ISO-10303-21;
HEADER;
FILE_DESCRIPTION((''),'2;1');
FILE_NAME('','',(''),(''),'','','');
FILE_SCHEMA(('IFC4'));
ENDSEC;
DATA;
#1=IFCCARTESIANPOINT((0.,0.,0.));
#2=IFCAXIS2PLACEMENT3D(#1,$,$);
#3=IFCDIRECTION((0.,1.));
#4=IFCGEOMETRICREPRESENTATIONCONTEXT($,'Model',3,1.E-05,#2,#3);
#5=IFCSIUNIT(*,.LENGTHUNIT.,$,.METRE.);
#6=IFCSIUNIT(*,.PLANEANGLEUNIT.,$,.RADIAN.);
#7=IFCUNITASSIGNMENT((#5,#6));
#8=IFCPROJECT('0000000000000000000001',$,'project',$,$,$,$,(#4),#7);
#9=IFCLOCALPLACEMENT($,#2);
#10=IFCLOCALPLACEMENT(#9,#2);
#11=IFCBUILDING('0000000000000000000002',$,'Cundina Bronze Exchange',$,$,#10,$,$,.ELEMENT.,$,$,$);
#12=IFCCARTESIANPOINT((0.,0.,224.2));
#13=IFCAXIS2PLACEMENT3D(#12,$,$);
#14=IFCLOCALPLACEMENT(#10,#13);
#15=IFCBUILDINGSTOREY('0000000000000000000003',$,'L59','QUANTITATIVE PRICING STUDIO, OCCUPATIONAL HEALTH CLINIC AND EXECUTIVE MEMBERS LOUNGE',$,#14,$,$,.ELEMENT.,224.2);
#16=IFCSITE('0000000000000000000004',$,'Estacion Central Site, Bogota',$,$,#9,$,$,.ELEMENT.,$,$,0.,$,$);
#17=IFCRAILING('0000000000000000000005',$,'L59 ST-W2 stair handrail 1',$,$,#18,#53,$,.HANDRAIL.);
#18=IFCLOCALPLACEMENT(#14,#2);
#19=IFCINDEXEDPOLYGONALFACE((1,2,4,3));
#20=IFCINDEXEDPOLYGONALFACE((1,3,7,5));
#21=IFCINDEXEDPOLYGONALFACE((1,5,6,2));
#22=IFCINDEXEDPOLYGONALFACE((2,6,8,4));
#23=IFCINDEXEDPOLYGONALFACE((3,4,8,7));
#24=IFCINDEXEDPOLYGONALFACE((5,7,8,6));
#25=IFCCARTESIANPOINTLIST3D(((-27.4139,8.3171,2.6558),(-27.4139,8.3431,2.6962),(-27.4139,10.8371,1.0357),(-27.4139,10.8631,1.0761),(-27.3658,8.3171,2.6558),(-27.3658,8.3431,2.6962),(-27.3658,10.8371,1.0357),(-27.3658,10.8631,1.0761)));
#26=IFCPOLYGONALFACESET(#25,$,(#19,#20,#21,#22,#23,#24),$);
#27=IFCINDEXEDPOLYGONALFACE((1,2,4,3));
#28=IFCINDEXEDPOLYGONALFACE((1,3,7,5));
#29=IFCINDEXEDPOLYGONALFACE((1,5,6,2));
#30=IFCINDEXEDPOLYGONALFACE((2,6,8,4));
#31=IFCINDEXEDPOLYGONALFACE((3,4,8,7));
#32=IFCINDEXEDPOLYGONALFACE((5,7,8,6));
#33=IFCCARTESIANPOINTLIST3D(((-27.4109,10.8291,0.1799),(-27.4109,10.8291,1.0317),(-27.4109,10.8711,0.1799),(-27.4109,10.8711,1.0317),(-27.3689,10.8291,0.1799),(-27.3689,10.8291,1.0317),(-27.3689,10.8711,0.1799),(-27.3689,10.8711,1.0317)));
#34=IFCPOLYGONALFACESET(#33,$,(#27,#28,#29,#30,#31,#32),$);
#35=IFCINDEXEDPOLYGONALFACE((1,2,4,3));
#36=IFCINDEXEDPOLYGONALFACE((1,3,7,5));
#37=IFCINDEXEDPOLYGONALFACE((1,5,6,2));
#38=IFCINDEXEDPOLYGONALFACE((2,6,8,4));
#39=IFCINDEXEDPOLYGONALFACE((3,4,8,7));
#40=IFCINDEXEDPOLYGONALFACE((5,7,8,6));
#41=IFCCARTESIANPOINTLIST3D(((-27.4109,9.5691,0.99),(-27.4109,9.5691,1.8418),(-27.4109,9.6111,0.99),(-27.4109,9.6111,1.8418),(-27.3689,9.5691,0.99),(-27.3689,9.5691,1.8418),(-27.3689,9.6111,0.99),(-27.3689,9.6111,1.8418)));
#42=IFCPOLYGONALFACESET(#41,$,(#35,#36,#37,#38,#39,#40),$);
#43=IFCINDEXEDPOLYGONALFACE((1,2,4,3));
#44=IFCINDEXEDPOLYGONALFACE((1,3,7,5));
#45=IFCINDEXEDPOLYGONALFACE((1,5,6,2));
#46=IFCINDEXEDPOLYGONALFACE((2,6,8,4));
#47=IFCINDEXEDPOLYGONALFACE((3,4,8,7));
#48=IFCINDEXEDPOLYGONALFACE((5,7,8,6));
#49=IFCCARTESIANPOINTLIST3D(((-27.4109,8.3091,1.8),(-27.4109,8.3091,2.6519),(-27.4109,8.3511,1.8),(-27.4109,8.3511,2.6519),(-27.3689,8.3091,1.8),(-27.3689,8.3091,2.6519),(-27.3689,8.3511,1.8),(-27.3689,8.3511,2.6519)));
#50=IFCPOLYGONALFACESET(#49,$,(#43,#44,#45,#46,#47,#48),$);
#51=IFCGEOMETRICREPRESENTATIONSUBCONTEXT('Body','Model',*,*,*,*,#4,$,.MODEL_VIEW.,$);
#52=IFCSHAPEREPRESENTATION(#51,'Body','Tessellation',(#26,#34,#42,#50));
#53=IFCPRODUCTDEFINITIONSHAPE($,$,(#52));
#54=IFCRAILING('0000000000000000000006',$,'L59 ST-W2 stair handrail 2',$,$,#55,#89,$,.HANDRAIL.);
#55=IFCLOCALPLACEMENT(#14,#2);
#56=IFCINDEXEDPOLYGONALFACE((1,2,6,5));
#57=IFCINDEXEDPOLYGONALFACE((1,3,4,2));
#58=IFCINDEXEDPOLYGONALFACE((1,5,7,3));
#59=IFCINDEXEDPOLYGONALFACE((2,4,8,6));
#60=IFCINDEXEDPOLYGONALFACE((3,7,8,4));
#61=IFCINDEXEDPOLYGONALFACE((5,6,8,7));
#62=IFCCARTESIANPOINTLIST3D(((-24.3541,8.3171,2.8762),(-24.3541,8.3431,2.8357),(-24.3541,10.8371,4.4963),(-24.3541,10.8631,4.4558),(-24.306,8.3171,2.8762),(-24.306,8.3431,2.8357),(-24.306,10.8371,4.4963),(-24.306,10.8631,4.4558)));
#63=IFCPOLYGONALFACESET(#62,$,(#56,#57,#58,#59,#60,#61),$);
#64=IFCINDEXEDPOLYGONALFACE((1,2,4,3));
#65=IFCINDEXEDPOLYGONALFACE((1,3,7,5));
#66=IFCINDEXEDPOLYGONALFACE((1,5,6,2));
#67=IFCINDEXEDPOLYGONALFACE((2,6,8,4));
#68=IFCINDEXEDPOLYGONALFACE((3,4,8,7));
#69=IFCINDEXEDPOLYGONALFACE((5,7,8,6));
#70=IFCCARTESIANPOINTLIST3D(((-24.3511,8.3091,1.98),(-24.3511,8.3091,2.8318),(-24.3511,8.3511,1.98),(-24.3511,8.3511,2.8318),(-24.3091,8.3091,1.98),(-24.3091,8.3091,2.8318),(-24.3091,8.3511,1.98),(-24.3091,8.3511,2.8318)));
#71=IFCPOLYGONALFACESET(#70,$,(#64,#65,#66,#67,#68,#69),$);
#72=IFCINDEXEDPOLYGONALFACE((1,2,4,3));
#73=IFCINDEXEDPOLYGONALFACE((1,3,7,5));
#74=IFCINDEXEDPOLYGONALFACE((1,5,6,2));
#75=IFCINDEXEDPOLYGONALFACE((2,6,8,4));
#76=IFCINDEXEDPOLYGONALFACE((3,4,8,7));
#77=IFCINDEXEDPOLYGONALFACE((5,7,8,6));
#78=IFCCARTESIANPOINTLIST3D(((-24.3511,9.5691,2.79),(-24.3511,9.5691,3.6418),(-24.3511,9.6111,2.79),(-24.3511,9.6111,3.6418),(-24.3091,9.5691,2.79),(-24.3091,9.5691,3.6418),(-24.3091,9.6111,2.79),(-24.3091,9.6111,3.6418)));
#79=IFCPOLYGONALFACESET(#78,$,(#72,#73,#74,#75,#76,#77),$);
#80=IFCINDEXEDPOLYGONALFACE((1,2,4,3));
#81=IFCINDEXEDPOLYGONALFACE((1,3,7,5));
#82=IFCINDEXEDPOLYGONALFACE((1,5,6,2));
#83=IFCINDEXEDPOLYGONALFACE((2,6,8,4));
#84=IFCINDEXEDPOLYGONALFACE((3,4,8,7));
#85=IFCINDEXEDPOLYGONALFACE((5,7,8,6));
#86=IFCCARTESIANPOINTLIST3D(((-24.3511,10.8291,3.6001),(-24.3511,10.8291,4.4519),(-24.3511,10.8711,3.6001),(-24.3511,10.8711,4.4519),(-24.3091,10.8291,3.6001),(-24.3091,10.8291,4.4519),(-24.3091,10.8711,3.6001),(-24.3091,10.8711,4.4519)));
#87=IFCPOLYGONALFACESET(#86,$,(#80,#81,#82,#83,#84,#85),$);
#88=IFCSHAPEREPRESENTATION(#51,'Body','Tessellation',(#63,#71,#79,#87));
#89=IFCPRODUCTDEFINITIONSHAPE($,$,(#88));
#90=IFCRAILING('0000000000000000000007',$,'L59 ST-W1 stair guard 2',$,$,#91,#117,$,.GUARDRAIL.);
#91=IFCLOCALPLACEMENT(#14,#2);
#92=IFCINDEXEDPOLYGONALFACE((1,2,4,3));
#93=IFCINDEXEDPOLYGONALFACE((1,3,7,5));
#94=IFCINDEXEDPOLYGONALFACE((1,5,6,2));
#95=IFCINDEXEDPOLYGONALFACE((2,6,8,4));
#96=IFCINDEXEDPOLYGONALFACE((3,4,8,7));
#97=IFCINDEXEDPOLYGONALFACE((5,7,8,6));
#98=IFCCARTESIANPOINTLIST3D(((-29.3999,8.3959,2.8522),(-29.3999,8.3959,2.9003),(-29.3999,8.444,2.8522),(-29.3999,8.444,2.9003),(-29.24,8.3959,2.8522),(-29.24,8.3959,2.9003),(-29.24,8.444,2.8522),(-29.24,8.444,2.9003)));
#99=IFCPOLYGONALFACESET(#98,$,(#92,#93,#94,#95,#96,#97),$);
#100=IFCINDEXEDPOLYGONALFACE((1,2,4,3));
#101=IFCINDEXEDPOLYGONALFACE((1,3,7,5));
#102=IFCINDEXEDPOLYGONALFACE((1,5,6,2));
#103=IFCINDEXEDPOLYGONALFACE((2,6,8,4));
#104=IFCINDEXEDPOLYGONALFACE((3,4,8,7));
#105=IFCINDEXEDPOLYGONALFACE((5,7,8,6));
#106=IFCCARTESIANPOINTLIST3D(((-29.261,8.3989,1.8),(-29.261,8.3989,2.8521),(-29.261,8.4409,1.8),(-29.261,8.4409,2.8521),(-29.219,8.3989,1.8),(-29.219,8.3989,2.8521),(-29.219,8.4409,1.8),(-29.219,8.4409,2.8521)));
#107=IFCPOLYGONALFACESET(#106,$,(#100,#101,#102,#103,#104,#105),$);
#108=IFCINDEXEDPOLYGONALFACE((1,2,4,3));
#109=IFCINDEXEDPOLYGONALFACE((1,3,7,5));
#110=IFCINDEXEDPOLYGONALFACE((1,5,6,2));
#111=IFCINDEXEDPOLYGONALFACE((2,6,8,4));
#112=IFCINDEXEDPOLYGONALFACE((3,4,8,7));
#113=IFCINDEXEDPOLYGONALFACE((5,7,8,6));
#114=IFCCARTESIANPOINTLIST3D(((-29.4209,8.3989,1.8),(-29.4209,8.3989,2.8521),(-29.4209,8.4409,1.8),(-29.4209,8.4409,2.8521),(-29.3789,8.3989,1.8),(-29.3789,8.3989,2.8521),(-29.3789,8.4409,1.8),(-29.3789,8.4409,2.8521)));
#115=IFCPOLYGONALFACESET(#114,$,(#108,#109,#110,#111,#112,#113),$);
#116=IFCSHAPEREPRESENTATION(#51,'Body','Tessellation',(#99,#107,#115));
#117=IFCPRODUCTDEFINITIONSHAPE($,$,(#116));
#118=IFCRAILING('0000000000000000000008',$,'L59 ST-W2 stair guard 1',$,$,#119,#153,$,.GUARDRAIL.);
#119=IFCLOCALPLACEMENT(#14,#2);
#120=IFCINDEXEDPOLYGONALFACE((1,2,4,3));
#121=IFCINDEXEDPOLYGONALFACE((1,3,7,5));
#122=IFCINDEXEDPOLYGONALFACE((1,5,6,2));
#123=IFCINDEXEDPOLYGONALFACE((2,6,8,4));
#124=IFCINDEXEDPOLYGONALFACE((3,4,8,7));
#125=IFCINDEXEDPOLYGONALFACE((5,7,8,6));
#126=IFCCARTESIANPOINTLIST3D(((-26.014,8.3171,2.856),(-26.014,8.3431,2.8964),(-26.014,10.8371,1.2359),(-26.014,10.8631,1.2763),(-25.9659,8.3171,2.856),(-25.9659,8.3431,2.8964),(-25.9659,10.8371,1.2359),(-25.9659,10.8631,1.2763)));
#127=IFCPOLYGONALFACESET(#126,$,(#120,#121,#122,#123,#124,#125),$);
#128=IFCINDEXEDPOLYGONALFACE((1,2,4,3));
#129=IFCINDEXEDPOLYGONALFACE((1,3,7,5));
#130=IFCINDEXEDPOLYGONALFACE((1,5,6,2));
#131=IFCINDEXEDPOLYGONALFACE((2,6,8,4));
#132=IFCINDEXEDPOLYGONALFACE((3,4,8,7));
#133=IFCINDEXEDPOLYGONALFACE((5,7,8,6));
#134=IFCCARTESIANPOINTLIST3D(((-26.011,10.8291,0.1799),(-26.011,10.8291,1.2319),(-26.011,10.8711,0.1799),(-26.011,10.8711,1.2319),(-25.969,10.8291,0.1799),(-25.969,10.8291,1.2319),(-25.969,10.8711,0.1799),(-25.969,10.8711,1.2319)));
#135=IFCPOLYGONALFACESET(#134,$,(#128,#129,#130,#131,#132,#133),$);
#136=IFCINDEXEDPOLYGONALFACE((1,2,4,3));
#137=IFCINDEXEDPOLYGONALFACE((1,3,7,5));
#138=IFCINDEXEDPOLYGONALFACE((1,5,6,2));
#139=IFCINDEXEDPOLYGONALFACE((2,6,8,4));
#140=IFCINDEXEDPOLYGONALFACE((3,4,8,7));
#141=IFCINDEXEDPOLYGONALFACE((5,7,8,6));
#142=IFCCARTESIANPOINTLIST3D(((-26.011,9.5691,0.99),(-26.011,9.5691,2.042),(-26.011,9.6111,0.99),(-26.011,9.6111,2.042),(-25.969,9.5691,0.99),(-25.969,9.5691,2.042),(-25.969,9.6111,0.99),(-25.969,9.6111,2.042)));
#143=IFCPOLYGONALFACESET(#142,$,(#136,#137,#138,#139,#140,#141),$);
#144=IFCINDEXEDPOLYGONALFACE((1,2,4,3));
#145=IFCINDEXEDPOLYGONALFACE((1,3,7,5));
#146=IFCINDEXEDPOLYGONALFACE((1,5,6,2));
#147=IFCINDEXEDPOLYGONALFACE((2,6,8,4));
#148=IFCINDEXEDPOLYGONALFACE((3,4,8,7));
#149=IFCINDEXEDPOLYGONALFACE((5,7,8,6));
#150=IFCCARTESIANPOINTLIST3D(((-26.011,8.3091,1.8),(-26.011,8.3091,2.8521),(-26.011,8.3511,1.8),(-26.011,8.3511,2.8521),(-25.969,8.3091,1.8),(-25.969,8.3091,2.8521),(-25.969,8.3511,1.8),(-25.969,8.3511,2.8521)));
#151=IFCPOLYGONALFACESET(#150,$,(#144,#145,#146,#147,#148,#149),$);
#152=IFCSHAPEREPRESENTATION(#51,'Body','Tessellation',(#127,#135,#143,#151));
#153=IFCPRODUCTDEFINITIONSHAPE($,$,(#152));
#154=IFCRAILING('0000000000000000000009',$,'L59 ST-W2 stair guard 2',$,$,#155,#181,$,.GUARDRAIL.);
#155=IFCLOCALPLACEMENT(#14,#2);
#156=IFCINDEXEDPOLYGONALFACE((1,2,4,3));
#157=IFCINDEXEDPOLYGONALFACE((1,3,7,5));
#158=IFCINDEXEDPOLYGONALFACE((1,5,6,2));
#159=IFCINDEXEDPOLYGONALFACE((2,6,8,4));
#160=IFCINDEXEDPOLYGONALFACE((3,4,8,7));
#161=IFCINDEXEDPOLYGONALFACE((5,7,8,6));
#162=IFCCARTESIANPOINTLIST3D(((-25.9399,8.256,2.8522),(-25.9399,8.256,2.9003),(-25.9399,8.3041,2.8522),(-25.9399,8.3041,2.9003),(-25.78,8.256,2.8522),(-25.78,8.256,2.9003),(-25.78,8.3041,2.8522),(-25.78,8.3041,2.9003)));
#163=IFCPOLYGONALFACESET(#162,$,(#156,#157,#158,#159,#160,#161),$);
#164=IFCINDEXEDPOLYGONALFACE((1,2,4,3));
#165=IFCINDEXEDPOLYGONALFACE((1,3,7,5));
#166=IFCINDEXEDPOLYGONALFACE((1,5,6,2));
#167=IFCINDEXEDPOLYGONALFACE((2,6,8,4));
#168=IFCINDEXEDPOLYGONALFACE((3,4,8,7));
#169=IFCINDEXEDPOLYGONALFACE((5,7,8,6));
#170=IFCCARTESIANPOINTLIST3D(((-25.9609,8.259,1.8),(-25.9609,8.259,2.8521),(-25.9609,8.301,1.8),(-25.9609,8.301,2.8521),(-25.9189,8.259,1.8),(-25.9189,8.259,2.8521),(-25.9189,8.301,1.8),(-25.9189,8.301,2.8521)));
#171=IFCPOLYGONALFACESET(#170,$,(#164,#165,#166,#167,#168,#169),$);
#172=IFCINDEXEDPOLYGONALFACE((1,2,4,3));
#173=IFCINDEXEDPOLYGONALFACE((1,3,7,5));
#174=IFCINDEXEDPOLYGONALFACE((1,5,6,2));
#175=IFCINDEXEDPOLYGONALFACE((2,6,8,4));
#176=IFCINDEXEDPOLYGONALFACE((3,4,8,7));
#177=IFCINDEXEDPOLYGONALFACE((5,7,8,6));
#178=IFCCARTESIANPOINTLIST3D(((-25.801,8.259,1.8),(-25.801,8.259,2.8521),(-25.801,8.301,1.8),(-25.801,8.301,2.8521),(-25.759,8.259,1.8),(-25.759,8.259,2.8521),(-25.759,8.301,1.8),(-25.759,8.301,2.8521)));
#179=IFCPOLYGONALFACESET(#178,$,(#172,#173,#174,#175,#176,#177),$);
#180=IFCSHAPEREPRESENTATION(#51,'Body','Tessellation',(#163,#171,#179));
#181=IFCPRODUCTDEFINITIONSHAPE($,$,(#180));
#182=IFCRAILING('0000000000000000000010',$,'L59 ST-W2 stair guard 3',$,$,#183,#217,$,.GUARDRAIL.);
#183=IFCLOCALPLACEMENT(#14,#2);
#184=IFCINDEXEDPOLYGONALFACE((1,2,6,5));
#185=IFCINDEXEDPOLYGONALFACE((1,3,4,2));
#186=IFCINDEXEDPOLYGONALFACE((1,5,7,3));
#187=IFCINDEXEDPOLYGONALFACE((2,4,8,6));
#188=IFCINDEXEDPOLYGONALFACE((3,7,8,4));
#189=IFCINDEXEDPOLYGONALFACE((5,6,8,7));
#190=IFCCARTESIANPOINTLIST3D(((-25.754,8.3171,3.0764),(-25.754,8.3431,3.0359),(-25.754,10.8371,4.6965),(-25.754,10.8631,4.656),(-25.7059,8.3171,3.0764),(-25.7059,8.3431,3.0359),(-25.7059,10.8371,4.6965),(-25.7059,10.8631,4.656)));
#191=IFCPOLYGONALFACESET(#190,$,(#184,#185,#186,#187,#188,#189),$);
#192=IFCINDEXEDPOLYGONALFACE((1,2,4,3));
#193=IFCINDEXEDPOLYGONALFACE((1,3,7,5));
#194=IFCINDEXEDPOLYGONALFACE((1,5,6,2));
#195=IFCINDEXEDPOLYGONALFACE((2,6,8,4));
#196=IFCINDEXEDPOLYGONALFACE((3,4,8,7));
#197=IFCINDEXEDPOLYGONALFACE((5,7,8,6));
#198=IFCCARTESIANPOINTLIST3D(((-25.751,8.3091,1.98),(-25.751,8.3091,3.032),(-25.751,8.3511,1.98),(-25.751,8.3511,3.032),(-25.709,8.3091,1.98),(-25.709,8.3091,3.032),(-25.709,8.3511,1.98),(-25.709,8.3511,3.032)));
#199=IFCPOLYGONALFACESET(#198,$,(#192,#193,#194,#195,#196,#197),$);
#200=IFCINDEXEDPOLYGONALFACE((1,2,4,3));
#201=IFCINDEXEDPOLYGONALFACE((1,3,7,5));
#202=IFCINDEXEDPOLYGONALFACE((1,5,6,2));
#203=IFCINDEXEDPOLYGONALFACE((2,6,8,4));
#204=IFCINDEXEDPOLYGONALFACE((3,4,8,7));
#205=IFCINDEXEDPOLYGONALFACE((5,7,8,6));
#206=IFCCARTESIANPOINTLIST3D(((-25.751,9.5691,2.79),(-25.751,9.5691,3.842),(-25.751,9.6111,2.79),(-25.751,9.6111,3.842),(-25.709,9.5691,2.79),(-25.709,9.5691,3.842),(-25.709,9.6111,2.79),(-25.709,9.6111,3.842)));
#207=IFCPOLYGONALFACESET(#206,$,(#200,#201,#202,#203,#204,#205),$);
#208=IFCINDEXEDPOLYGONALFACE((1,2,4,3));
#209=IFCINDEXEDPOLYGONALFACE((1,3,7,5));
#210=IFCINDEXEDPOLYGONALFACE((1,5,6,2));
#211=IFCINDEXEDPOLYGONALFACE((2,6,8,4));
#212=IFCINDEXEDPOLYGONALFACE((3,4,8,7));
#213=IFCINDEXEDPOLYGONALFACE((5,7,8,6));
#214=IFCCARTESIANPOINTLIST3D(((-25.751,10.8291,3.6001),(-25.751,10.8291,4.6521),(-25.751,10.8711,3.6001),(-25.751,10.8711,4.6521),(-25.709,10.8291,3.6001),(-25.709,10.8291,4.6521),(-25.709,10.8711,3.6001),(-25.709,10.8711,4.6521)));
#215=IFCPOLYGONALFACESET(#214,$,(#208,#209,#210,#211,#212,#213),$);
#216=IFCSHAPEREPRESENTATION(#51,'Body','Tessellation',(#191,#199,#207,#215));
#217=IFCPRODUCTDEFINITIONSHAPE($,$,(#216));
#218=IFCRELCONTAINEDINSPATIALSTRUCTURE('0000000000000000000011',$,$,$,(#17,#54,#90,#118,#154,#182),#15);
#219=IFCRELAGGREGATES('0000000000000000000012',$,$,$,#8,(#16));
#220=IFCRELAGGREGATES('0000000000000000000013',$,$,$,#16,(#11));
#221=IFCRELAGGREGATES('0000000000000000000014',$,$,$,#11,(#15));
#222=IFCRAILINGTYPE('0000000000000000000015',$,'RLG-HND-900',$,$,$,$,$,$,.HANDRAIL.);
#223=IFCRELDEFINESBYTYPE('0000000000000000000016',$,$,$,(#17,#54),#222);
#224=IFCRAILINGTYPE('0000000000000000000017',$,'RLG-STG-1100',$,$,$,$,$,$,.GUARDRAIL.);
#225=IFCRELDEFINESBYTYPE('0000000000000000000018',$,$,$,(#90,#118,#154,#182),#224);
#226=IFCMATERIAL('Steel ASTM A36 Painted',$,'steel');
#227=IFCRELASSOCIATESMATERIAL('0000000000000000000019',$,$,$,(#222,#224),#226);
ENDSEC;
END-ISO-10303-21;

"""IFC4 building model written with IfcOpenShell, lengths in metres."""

from ifc_helpers import new_model, si_unit, direction, frame, origin, origin_2d, place, context, subcontext, project, spatial, rectangle, extrude, material, type_object, element, save


model = new_model("IFC4")

# Units and contexts
model_context = context("Model", 3, precision=1e-05, world=origin(), true_north=direction((0.0, 1.0)))
body_context = subcontext(model_context, "Body", "Model", "MODEL_VIEW")
ifc_project = project(units=[si_unit("LENGTHUNIT", "METRE"), si_unit("PLANEANGLEUNIT", "RADIAN")], contexts=[model_context])

# Site, building, storey
site_placement = place(None, origin())
site = spatial("IfcSite", under=ifc_project, at=site_placement, Name="Estacion Central Site, Bogota", CompositionType="ELEMENT", RefElevation=0.0)
building_placement = place(site_placement, origin())
building = spatial("IfcBuilding", under=site, at=building_placement, Name="Cundina Bronze Exchange", CompositionType="ELEMENT")
storey_placement = place(building_placement, frame((0.0, 0.0, 224.2)))
storey = spatial("IfcBuildingStorey", under=building, at=storey_placement, Name="L59", Description="QUANTITATIVE PRICING STUDIO, OCCUPATIONAL HEALTH CLINIC AND EXECUTIVE MEMBERS LOUNGE", CompositionType="ELEMENT", Elevation=224.2)

# Shared definitions
ifc_material_1 = material(Name="Steel ASTM A36 Painted", Category="steel")

# Railings
railing_type_1 = type_object("IfcRailingType", Name="RLG-HND-900", PredefinedType="HANDRAIL", material=ifc_material_1)
railing_1_placement = place(storey_placement, frame((-27.3899, 10.8501, 0.1799)))
element("IfcRailing", 1, at=railing_1_placement, inside=storey, type_object=railing_type_1, Name="L59 ST-W2 stair handrail 1", PredefinedType="HANDRAIL", context=body_context, shape_type="SweptSolid", body=[
    extrude(rectangle(XDim=0.0481, YDim=0.0481, at=origin_2d()), frame((0.0, 0.0, 0.876), z_axis=(0.0, -0.841163, 0.540782), x_axis=(1.0, 0.0, 0.0)), (0.0, 0.0, 1.0), 2.9958),
    extrude(rectangle(XDim=0.042, YDim=0.042, at=origin_2d()), origin(), (0.0, 0.0, 1.0), 0.8518),
    extrude(rectangle(XDim=0.042, YDim=0.042, at=origin_2d()), frame((0.0, -1.26, 0.8101)), (0.0, 0.0, 1.0), 0.8518),
    extrude(rectangle(XDim=0.042, YDim=0.042, at=origin_2d()), frame((0.0, -2.52, 1.6201)), (0.0, 0.0, 1.0), 0.8518),
])
railing_2_placement = place(storey_placement, frame((-24.3301, 8.3301, 1.98)))
element("IfcRailing", 2, at=railing_2_placement, inside=storey, type_object=railing_type_1, Name="L59 ST-W2 stair handrail 2", PredefinedType="HANDRAIL", context=body_context, shape_type="SweptSolid", body=[
    extrude(rectangle(XDim=0.0481, YDim=0.0481, at=origin_2d()), frame((0.0, 0.0, 0.876), z_axis=(0.0, 0.841163, 0.540782), x_axis=(-1.0, 0.0, 0.0)), (0.0, 0.0, 1.0), 2.9958),
    extrude(rectangle(XDim=0.042, YDim=0.042, at=origin_2d()), origin(), (0.0, 0.0, 1.0), 0.8518),
    extrude(rectangle(XDim=0.042, YDim=0.042, at=origin_2d()), frame((0.0, 1.26, 0.8101)), (0.0, 0.0, 1.0), 0.8518),
    extrude(rectangle(XDim=0.042, YDim=0.042, at=origin_2d()), frame((0.0, 2.52, 1.6201)), (0.0, 0.0, 1.0), 0.8518),
])
railing_type_2 = type_object("IfcRailingType", Name="RLG-STG-1100", PredefinedType="GUARDRAIL", material=ifc_material_1)
railing_3_placement = place(storey_placement, frame((-29.24, 8.4199, 1.8)))
element("IfcRailing", 3, at=railing_3_placement, inside=storey, type_object=railing_type_2, Name="L59 ST-W1 stair guard 2", PredefinedType="GUARDRAIL", context=body_context, shape_type="SweptSolid", body=[
    extrude(rectangle(XDim=0.0481, YDim=0.0481, at=origin_2d()), frame((0.0, 0.0, 1.0762), z_axis=(-1.0, 0.0, 0.0), x_axis=(0.0, -1.0, 0.0)), (0.0, 0.0, 1.0), 0.1599),
    extrude(rectangle(XDim=0.042, YDim=0.042, at=origin_2d()), origin(), (0.0, 0.0, 1.0), 1.052),
    extrude(rectangle(XDim=0.042, YDim=0.042, at=origin_2d()), frame((-0.1599, 0.0, 0.0)), (0.0, 0.0, 1.0), 1.052),
])
railing_4_placement = place(storey_placement, frame((-25.99, 10.8501, 0.1799)))
element("IfcRailing", 4, at=railing_4_placement, inside=storey, type_object=railing_type_2, Name="L59 ST-W2 stair guard 1", PredefinedType="GUARDRAIL", context=body_context, shape_type="SweptSolid", body=[
    extrude(rectangle(XDim=0.0481, YDim=0.0481, at=origin_2d()), frame((0.0, 0.0, 1.0762), z_axis=(0.0, -0.841163, 0.540782), x_axis=(1.0, 0.0, 0.0)), (0.0, 0.0, 1.0), 2.9958),
    extrude(rectangle(XDim=0.042, YDim=0.042, at=origin_2d()), origin(), (0.0, 0.0, 1.0), 1.052),
    extrude(rectangle(XDim=0.042, YDim=0.042, at=origin_2d()), frame((0.0, -1.26, 0.8101)), (0.0, 0.0, 1.0), 1.052),
    extrude(rectangle(XDim=0.042, YDim=0.042, at=origin_2d()), frame((0.0, -2.52, 1.6201)), (0.0, 0.0, 1.0), 1.052),
])
railing_5_placement = place(storey_placement, frame((-25.9399, 8.28, 1.8)))
element("IfcRailing", 5, at=railing_5_placement, inside=storey, type_object=railing_type_2, Name="L59 ST-W2 stair guard 2", PredefinedType="GUARDRAIL", context=body_context, shape_type="SweptSolid", body=[
    extrude(rectangle(XDim=0.0481, YDim=0.0481, at=origin_2d()), frame((0.0, 0.0, 1.0762), z_axis=(1.0, 0.0, 0.0), x_axis=(0.0, 1.0, 0.0)), (0.0, 0.0, 1.0), 0.1599),
    extrude(rectangle(XDim=0.042, YDim=0.042, at=origin_2d()), origin(), (0.0, 0.0, 1.0), 1.052),
    extrude(rectangle(XDim=0.042, YDim=0.042, at=origin_2d()), frame((0.1599, 0.0, 0.0)), (0.0, 0.0, 1.0), 1.052),
])
railing_6_placement = place(storey_placement, frame((-25.73, 8.3301, 1.98)))
element("IfcRailing", 6, at=railing_6_placement, inside=storey, type_object=railing_type_2, Name="L59 ST-W2 stair guard 3", PredefinedType="GUARDRAIL", context=body_context, shape_type="SweptSolid", body=[
    extrude(rectangle(XDim=0.0481, YDim=0.0481, at=origin_2d()), frame((0.0, 0.0, 1.0762), z_axis=(0.0, 0.841163, 0.540782), x_axis=(-1.0, 0.0, 0.0)), (0.0, 0.0, 1.0), 2.9958),
    extrude(rectangle(XDim=0.042, YDim=0.042, at=origin_2d()), origin(), (0.0, 0.0, 1.0), 1.052),
    extrude(rectangle(XDim=0.042, YDim=0.042, at=origin_2d()), frame((0.0, 1.26, 0.8101)), (0.0, 0.0, 1.0), 1.052),
    extrude(rectangle(XDim=0.042, YDim=0.042, at=origin_2d()), frame((0.0, 2.52, 1.6201)), (0.0, 0.0, 1.0), 1.052),
])

save(model, "model.ifc")
